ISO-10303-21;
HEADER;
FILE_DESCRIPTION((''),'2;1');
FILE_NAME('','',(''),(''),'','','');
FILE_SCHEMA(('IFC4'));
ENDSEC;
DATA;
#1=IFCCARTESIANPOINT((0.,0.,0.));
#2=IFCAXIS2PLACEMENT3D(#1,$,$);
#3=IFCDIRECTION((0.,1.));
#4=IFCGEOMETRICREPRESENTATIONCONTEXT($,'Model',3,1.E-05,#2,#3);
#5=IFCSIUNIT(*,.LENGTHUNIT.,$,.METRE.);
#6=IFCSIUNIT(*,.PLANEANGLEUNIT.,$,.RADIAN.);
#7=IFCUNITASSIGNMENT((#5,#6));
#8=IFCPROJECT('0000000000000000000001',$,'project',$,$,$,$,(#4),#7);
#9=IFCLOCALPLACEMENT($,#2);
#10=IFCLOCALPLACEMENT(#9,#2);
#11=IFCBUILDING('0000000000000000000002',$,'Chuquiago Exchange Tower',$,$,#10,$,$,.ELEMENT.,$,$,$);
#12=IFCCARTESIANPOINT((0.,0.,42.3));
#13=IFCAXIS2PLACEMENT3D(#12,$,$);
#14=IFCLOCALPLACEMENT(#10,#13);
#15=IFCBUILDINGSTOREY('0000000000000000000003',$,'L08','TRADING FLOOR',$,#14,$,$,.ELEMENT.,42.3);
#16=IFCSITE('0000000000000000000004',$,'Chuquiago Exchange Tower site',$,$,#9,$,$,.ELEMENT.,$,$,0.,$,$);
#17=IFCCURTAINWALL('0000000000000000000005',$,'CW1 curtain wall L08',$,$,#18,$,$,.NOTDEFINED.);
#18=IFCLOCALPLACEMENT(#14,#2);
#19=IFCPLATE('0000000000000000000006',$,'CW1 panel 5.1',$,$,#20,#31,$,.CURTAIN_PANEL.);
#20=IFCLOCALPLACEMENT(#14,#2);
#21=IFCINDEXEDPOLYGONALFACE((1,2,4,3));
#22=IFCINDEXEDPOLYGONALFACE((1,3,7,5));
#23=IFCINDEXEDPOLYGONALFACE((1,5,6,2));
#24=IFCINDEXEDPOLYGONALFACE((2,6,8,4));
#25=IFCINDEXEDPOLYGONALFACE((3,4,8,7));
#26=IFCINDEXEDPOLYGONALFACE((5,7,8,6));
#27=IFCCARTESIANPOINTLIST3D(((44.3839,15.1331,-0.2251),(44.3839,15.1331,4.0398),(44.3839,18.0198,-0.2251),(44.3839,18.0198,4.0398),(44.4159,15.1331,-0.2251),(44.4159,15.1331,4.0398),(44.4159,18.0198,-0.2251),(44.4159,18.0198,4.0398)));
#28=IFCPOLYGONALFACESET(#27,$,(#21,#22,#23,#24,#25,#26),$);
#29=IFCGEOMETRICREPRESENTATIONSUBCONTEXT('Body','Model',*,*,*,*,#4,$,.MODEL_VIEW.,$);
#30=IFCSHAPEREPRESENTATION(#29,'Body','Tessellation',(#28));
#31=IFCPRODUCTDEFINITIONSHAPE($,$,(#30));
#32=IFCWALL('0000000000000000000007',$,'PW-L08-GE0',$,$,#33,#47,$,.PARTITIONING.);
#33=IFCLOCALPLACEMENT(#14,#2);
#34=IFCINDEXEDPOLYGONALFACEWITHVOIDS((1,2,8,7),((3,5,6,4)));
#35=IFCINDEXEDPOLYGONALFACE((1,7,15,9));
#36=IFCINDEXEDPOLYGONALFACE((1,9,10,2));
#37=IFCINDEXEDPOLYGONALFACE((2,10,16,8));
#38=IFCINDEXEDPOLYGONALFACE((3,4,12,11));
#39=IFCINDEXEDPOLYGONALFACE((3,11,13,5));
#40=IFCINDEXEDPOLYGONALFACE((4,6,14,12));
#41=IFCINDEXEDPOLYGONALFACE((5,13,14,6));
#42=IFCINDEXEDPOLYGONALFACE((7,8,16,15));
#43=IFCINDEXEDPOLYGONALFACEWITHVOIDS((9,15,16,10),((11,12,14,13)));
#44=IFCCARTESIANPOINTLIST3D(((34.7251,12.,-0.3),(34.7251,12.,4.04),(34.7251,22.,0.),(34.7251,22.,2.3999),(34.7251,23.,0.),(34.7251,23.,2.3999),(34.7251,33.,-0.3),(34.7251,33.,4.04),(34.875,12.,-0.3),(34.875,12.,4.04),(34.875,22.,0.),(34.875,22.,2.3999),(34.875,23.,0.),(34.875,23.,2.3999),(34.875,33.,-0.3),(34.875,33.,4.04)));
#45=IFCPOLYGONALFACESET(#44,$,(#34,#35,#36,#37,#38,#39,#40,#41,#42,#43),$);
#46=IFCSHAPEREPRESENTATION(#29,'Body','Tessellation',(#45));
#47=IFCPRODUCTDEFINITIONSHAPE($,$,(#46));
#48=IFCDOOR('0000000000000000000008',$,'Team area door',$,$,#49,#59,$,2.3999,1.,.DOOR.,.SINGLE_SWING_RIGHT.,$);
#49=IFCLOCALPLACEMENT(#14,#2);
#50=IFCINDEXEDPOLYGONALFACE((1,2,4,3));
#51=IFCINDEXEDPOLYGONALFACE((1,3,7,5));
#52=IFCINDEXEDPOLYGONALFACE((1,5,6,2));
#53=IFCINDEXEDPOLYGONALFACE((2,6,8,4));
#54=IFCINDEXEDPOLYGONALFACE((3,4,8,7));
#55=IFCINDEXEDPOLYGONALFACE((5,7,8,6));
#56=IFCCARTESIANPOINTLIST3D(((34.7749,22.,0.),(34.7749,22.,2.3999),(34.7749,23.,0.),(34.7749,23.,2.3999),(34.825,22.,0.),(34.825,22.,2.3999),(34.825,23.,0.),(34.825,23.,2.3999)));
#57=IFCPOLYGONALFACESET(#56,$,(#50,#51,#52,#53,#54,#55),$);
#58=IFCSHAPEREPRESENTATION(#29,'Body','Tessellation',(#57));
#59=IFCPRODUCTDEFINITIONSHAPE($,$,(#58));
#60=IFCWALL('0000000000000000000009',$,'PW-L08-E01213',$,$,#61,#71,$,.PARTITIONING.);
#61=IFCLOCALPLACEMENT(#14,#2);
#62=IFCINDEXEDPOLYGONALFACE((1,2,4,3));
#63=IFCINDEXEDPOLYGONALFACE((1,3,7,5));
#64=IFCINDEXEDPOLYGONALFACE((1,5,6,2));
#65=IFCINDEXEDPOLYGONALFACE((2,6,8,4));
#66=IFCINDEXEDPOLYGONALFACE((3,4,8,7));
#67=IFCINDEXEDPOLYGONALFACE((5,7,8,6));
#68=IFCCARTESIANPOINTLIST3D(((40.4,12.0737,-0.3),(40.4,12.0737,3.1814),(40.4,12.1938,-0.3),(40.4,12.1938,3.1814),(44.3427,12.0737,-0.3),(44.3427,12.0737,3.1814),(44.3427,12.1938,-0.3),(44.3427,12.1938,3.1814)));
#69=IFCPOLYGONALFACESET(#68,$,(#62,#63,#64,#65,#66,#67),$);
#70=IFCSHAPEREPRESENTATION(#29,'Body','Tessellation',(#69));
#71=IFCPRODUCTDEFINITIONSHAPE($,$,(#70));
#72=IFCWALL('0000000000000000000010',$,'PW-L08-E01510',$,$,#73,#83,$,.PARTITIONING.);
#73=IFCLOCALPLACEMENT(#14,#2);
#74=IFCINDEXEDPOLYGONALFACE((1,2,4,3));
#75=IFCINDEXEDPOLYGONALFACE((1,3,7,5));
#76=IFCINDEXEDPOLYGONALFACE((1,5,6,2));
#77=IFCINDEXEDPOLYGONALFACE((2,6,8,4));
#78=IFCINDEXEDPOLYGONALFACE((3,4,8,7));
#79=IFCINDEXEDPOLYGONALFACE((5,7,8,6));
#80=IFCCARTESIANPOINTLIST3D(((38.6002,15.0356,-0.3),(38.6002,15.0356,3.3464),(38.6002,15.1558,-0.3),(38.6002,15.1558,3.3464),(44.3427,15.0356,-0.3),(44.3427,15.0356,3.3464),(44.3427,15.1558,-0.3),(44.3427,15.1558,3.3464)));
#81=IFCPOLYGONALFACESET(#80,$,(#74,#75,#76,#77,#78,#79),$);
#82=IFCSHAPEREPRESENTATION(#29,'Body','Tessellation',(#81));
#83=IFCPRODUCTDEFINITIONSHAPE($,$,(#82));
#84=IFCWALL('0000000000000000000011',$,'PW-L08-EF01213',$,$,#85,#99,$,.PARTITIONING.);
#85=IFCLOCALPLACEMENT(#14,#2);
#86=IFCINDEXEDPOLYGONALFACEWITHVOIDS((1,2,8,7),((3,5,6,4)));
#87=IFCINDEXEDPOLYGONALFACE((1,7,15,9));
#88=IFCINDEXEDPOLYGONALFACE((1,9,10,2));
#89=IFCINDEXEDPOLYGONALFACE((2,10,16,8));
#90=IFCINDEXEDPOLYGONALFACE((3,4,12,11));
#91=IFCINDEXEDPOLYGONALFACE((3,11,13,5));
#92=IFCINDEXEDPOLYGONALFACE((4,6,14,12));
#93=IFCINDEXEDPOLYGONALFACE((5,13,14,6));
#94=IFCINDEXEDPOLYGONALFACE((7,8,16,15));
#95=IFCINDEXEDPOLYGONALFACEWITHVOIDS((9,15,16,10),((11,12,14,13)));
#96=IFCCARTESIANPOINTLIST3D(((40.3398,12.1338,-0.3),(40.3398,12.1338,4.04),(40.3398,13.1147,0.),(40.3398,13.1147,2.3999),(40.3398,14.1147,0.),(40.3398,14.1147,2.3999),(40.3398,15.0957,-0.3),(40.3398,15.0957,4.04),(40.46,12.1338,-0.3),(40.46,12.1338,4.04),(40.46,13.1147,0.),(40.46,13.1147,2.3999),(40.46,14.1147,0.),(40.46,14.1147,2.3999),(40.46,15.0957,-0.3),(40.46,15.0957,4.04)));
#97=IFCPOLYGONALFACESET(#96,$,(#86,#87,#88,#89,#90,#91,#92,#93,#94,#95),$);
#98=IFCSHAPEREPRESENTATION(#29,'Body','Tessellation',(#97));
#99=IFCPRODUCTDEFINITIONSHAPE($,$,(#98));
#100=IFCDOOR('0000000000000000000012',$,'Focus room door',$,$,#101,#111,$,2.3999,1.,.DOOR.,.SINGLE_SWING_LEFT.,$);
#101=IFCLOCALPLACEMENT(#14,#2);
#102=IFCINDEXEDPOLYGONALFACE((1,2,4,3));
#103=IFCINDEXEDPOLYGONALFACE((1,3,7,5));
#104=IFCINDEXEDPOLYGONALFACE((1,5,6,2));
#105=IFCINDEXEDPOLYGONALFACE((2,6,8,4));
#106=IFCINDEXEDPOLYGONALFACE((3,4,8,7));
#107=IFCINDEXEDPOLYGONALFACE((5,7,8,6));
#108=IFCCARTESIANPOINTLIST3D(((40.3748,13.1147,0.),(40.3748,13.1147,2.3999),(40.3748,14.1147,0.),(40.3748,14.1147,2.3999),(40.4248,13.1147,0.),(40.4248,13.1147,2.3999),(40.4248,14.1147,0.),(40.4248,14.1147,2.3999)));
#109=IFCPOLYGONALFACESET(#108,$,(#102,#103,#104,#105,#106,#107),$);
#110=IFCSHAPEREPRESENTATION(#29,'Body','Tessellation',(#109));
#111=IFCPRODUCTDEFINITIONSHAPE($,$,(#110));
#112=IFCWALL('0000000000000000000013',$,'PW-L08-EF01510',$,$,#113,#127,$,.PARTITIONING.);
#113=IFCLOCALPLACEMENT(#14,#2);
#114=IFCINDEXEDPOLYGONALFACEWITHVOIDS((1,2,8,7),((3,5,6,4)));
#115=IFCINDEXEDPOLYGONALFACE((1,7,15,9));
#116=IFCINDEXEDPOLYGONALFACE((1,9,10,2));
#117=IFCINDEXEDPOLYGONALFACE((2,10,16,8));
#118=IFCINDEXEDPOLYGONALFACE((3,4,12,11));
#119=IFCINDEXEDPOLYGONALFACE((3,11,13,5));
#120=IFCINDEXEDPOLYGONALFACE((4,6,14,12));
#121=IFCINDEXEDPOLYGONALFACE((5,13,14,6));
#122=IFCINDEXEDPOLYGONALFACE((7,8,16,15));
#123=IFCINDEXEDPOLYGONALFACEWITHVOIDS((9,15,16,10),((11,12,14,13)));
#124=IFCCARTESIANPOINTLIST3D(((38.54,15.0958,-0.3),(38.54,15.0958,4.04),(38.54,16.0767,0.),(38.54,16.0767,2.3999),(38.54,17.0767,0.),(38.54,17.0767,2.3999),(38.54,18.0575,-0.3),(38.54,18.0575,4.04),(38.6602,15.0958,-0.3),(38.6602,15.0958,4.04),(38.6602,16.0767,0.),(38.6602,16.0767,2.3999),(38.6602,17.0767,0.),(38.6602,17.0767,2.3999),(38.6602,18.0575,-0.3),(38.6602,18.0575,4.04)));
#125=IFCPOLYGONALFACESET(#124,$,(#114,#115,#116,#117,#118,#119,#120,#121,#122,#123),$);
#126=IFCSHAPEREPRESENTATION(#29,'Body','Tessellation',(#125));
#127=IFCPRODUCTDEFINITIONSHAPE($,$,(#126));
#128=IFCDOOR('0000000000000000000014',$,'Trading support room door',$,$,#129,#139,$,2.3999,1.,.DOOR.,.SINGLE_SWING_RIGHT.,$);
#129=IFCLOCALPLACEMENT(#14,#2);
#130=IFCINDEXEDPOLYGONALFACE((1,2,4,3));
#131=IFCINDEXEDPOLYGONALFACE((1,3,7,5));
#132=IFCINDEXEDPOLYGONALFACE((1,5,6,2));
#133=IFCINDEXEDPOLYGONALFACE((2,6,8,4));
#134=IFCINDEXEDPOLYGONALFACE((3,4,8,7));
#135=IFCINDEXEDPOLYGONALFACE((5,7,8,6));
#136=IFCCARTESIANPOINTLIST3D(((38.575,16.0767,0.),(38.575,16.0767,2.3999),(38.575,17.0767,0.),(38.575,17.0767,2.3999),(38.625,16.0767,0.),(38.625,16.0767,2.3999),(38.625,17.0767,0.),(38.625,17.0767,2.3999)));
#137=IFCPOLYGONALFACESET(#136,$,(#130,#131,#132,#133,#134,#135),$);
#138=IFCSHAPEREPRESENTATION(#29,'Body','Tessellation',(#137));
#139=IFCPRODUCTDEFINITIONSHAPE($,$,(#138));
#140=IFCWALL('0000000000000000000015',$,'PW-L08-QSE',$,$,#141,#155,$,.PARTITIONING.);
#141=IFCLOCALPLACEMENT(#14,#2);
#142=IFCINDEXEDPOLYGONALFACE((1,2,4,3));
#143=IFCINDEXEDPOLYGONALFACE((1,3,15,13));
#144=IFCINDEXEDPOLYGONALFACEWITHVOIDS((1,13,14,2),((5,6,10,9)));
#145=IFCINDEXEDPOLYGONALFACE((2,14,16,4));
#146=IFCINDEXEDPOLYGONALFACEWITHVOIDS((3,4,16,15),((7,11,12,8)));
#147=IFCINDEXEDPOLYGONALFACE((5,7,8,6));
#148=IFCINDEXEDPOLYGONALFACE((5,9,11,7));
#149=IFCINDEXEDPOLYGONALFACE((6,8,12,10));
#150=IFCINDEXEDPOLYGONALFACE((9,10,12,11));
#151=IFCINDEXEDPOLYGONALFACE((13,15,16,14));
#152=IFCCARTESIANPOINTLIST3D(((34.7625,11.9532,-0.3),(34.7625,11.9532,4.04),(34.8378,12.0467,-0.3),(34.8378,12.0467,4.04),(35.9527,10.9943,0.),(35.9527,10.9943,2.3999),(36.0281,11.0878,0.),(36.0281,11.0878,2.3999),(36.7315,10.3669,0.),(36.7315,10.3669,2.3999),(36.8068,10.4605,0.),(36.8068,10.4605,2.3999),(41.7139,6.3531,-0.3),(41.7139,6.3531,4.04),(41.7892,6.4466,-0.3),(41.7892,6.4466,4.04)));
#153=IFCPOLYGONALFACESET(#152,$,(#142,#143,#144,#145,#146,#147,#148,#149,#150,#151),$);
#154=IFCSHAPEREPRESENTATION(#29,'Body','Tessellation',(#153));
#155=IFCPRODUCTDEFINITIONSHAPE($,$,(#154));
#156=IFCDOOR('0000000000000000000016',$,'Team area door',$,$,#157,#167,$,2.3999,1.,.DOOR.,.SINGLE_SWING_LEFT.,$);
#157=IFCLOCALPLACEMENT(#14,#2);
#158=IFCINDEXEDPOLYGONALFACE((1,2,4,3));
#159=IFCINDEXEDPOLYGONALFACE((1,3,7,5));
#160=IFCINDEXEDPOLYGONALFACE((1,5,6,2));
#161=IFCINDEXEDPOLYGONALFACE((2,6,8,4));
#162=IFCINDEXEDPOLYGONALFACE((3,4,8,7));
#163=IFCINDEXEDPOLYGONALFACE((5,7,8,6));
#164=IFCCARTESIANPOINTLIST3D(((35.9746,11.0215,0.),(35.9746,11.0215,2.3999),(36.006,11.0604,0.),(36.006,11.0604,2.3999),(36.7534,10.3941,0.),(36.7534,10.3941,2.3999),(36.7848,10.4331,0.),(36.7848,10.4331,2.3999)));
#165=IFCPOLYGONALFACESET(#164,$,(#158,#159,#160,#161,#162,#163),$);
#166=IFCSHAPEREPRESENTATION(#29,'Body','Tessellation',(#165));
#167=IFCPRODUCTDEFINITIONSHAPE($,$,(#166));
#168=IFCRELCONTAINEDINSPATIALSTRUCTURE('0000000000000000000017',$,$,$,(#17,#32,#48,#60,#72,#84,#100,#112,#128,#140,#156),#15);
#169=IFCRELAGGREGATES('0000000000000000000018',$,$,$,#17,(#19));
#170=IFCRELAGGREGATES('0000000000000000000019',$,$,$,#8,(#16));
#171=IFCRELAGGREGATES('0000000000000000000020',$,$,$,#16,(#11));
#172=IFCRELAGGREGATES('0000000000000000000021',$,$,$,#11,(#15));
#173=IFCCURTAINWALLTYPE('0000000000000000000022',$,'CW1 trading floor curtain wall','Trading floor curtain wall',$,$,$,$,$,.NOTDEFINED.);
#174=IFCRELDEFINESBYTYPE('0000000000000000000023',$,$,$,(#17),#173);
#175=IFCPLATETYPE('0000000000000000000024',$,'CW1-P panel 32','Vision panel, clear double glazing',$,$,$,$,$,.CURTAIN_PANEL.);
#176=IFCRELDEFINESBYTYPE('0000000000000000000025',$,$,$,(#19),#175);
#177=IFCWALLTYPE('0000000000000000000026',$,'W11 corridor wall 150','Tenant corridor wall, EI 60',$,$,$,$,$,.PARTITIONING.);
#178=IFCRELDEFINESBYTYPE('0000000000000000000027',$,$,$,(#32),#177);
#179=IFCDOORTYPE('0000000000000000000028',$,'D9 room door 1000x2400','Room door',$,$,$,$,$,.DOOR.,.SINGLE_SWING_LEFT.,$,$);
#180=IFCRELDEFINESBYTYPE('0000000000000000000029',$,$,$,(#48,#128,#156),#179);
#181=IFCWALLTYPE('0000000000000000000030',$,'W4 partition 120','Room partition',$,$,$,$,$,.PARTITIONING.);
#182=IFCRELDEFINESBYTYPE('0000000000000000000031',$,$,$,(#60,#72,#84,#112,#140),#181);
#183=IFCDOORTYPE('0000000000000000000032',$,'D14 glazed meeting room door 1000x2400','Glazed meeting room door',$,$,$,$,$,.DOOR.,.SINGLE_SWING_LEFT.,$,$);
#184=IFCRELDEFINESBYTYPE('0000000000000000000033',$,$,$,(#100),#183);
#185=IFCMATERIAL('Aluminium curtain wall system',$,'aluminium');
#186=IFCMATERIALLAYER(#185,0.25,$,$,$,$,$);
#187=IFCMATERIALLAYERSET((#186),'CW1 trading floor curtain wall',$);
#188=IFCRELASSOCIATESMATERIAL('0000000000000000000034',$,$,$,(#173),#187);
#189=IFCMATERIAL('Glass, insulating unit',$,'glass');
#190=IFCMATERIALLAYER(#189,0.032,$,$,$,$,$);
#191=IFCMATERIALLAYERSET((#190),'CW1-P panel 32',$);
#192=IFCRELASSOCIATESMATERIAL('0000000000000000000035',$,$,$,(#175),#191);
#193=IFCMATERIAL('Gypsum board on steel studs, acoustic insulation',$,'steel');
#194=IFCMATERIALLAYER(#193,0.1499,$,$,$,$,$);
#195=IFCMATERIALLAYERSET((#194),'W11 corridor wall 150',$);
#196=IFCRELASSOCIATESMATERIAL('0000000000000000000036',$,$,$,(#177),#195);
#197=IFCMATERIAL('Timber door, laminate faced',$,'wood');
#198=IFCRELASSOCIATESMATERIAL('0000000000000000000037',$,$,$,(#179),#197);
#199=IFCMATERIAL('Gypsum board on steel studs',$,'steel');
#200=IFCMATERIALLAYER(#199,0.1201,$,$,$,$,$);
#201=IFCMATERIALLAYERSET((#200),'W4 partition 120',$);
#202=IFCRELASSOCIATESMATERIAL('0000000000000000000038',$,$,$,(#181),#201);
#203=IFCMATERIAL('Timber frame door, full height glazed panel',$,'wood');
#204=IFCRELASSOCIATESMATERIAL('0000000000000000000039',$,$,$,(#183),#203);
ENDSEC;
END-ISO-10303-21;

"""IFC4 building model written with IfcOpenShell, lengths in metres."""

from ifc_helpers import new_model, si_unit, direction, frame, frame_2d, origin, origin_2d, place, context, subcontext, project, spatial, rectangle, extrude, material, layer, layer_set, type_object, element, fill, aggregate, save


model = new_model("IFC4")

# Units and contexts
model_context = context("Model", 3, precision=1e-05, world=origin(), true_north=direction((0.0, 1.0)))
body_context = subcontext(model_context, "Body", "Model", "MODEL_VIEW")
ifc_project = project(units=[si_unit("LENGTHUNIT", "METRE"), si_unit("PLANEANGLEUNIT", "RADIAN")], contexts=[model_context])

# Site, building, storey
site_placement = place(None, origin())
site = spatial("IfcSite", under=ifc_project, at=site_placement, Name="Chuquiago Exchange Tower site", CompositionType="ELEMENT", RefElevation=0.0)
building_placement = place(site_placement, origin())
building = spatial("IfcBuilding", under=site, at=building_placement, Name="Chuquiago Exchange Tower", CompositionType="ELEMENT")
storey_placement = place(building_placement, frame((0.0, 0.0, 42.3)))
storey = spatial("IfcBuildingStorey", under=building, at=storey_placement, Name="L08", Description="TRADING FLOOR", CompositionType="ELEMENT", Elevation=42.3)

# Curtain wall
ifc_material_1 = material(Name="Aluminium curtain wall system", Category="aluminium")
ifc_layer_1 = layer(ifc_material_1, 0.25)
ifc_layer_set_1 = layer_set([ifc_layer_1], Name="CW1 trading floor curtain wall")
curtain_wall_type = type_object("IfcCurtainWallType", Name="CW1 trading floor curtain wall", Description="Trading floor curtain wall", PredefinedType="NOTDEFINED", material=ifc_layer_set_1)
curtain_wall_placement = place(storey_placement, origin())
curtain_wall = element("IfcCurtainWall", 1, at=curtain_wall_placement, inside=storey, type_object=curtain_wall_type, Name="CW1 curtain wall L08", PredefinedType="NOTDEFINED")

# Plate
ifc_material_2 = material(Name="Glass, insulating unit", Category="glass")
ifc_layer_2 = layer(ifc_material_2, 0.032)
ifc_layer_set_2 = layer_set([ifc_layer_2], Name="CW1-P panel 32")
plate_type = type_object("IfcPlateType", Name="CW1-P panel 32", Description="Vision panel, clear double glazing", PredefinedType="CURTAIN_PANEL", material=ifc_layer_set_2)
plate_1_placement = place(storey_placement, frame((44.3999, 16.5764, -0.2251), z_axis=(0.0, 0.0, 1.0), x_axis=(0.0, 1.0, 0.0)))
plate_1 = element("IfcPlate", 2, at=plate_1_placement, type_object=plate_type, Name="CW1 panel 5.1", PredefinedType="CURTAIN_PANEL", context=body_context, shape_type="SweptSolid", body=[
    extrude(rectangle(XDim=2.8867, YDim=0.032, at=origin_2d()), origin(), (0.0, 0.0, 1.0), 4.2649),
])
aggregate(curtain_wall, [plate_1])

# Wall, opening, door
ifc_material_3 = material(Name="Gypsum board on steel studs, acoustic insulation", Category="steel")
ifc_layer_3 = layer(ifc_material_3, 0.1499)
ifc_layer_set_3 = layer_set([ifc_layer_3], Name="W11 corridor wall 150")
wall_type_1 = type_object("IfcWallType", Name="W11 corridor wall 150", Description="Tenant corridor wall, EI 60", PredefinedType="PARTITIONING", material=ifc_layer_set_3)
wall_1_placement = place(storey_placement, frame((34.8, 12.0, -0.3), z_axis=(0.0, 0.0, 1.0), x_axis=(0.0, 1.0, 0.0)))
wall_1 = element("IfcWall", 3, at=wall_1_placement, inside=storey, type_object=wall_type_1, Name="PW-L08-GE0", PredefinedType="PARTITIONING", context=body_context, shape_type="SweptSolid", body=[
    extrude(rectangle(XDim=21.0, YDim=0.1499, at=frame_2d((10.5, 0.0))), origin(), (0.0, 0.0, 1.0), 4.3401),
])
opening_1_placement = place(wall_1_placement, frame((10.0, 0.0, 0.3)))
opening_1 = element("IfcOpeningElement", 4, at=opening_1_placement, cuts=wall_1, PredefinedType="OPENING", context=body_context, shape_type="SweptSolid", body=[
    extrude(rectangle(XDim=1.0, YDim=2.3999, at=frame_2d((0.5, 1.2))), frame((0.0, 0.085, 0.0), z_axis=(0.0, -1.0, 0.0), x_axis=(1.0, 0.0, 0.0)), (0.0, 0.0, 1.0), 0.1699),
])
ifc_material_4 = material(Name="Timber door, laminate faced", Category="wood")
door_type_1 = type_object("IfcDoorType", Name="D9 room door 1000x2400", Description="Room door", OperationType="SINGLE_SWING_LEFT", PredefinedType="DOOR", material=ifc_material_4)
door_1_placement = place(opening_1_placement, frame((1.0, 0.0, 0.0), z_axis=(0.0, 0.0, 1.0), x_axis=(-1.0, 0.0, 0.0)))
door_1 = element("IfcDoor", 5, at=door_1_placement, inside=storey, type_object=door_type_1, Name="Team area door", OperationType="SINGLE_SWING_RIGHT", OverallHeight=2.3999, OverallWidth=1.0, PredefinedType="DOOR", context=body_context, shape_type="SweptSolid", body=[
    extrude(rectangle(XDim=1.0, YDim=2.3999, at=frame_2d((0.5, 1.2))), frame((0.0, 0.0249, 0.0), z_axis=(0.0, -1.0, 0.0), x_axis=(1.0, 0.0, 0.0)), (0.0, 0.0, 1.0), 0.05),
])
fill(opening_1, door_1)

# Walls
ifc_material_5 = material(Name="Gypsum board on steel studs", Category="steel")
ifc_layer_4 = layer(ifc_material_5, 0.1201)
ifc_layer_set_4 = layer_set([ifc_layer_4], Name="W4 partition 120")
wall_type_2 = type_object("IfcWallType", Name="W4 partition 120", Description="Room partition", PredefinedType="PARTITIONING", material=ifc_layer_set_4)
wall_2_placement = place(storey_placement, frame((44.3425, 12.1338, -0.3), z_axis=(0.0, 0.0, 1.0), x_axis=(-1.0, 0.0, 0.0)))
element("IfcWall", 6, at=wall_2_placement, inside=storey, type_object=wall_type_2, Name="PW-L08-E01213", PredefinedType="PARTITIONING", context=body_context, shape_type="SweptSolid", body=[
    extrude(rectangle(XDim=3.9426, YDim=0.1201, at=frame_2d((1.9712, 0.0))), origin(), (0.0, 0.0, 1.0), 3.4814),
])
wall_3_placement = place(storey_placement, frame((44.3425, 15.0957, -0.3), z_axis=(0.0, 0.0, 1.0), x_axis=(-1.0, 0.0, 0.0)))
element("IfcWall", 7, at=wall_3_placement, inside=storey, type_object=wall_type_2, Name="PW-L08-E01510", PredefinedType="PARTITIONING", context=body_context, shape_type="SweptSolid", body=[
    extrude(rectangle(XDim=5.7424, YDim=0.1201, at=frame_2d((2.8711, 0.0))), origin(), (0.0, 0.0, 1.0), 3.6465),
])

# Walls, openings, doors
wall_4_placement = place(storey_placement, frame((40.3999, 12.1338, -0.3), z_axis=(0.0, 0.0, 1.0), x_axis=(0.0, 1.0, 0.0)))
wall_4 = element("IfcWall", 8, at=wall_4_placement, inside=storey, type_object=wall_type_2, Name="PW-L08-EF01213", PredefinedType="PARTITIONING", context=body_context, shape_type="SweptSolid", body=[
    extrude(rectangle(XDim=2.9619, YDim=0.1201, at=frame_2d((1.481, 0.0))), origin(), (0.0, 0.0, 1.0), 4.3401),
])
opening_2_placement = place(wall_4_placement, frame((0.981, 0.0, 0.3)))
opening_2 = element("IfcOpeningElement", 9, at=opening_2_placement, cuts=wall_4, PredefinedType="OPENING", context=body_context, shape_type="SweptSolid", body=[
    extrude(rectangle(XDim=1.0, YDim=2.3999, at=frame_2d((0.5, 1.2))), frame((0.0, 0.0701, 0.0), z_axis=(0.0, -1.0, 0.0), x_axis=(1.0, 0.0, 0.0)), (0.0, 0.0, 1.0), 0.1401),
])
ifc_material_6 = material(Name="Timber frame door, full height glazed panel", Category="wood")
door_type_2 = type_object("IfcDoorType", Name="D14 glazed meeting room door 1000x2400", Description="Glazed meeting room door", OperationType="SINGLE_SWING_LEFT", PredefinedType="DOOR", material=ifc_material_6)
door_2_placement = place(opening_2_placement, frame((1.0, 0.0, 0.0), z_axis=(0.0, 0.0, 1.0), x_axis=(-1.0, 0.0, 0.0)))
door_2 = element("IfcDoor", 10, at=door_2_placement, inside=storey, type_object=door_type_2, Name="Focus room door", OperationType="SINGLE_SWING_LEFT", OverallHeight=2.3999, OverallWidth=1.0, PredefinedType="DOOR", context=body_context, shape_type="SweptSolid", body=[
    extrude(rectangle(XDim=1.0, YDim=2.3999, at=frame_2d((0.5, 1.2))), frame((0.0, 0.0249, 0.0), z_axis=(0.0, -1.0, 0.0), x_axis=(1.0, 0.0, 0.0)), (0.0, 0.0, 1.0), 0.05),
])
fill(opening_2, door_2)
wall_5_placement = place(storey_placement, frame((38.6001, 15.0957, -0.3), z_axis=(0.0, 0.0, 1.0), x_axis=(0.0, 1.0, 0.0)))
wall_5 = element("IfcWall", 11, at=wall_5_placement, inside=storey, type_object=wall_type_2, Name="PW-L08-EF01510", PredefinedType="PARTITIONING", context=body_context, shape_type="SweptSolid", body=[
    extrude(rectangle(XDim=2.9617, YDim=0.1201, at=frame_2d((1.481, 0.0))), origin(), (0.0, 0.0, 1.0), 4.3401),
])
opening_3_placement = place(wall_5_placement, frame((0.981, 0.0, 0.3)))
opening_3 = element("IfcOpeningElement", 12, at=opening_3_placement, cuts=wall_5, PredefinedType="OPENING", context=body_context, shape_type="SweptSolid", body=[
    extrude(rectangle(XDim=1.0, YDim=2.3999, at=frame_2d((0.5, 1.2))), frame((0.0, 0.0701, 0.0), z_axis=(0.0, -1.0, 0.0), x_axis=(1.0, 0.0, 0.0)), (0.0, 0.0, 1.0), 0.1401),
])
door_3_placement = place(opening_3_placement, frame((1.0, 0.0, 0.0), z_axis=(0.0, 0.0, 1.0), x_axis=(-1.0, 0.0, 0.0)))
door_3 = element("IfcDoor", 13, at=door_3_placement, inside=storey, type_object=door_type_1, Name="Trading support room door", OperationType="SINGLE_SWING_RIGHT", OverallHeight=2.3999, OverallWidth=1.0, PredefinedType="DOOR", context=body_context, shape_type="SweptSolid", body=[
    extrude(rectangle(XDim=1.0, YDim=2.3999, at=frame_2d((0.5, 1.2))), frame((0.0, 0.0249, 0.0), z_axis=(0.0, -1.0, 0.0), x_axis=(1.0, 0.0, 0.0)), (0.0, 0.0, 1.0), 0.05),
])
fill(opening_3, door_3)
wall_6_placement = place(storey_placement, frame((34.8, 12.0, -0.3), z_axis=(0.0, 0.0, 1.0), x_axis=(0.778735, -0.627353, 0.0)))
wall_6 = element("IfcWall", 14, at=wall_6_placement, inside=storey, type_object=wall_type_2, Name="PW-L08-QSE", PredefinedType="PARTITIONING", context=body_context, shape_type="SweptSolid", body=[
    extrude(rectangle(XDim=8.9265, YDim=0.1201, at=frame_2d((4.4634, 0.0))), origin(), (0.0, 0.0, 1.0), 4.3401),
])
opening_4_placement = place(wall_6_placement, frame((1.5286, 0.0, 0.3)))
opening_4 = element("IfcOpeningElement", 15, at=opening_4_placement, cuts=wall_6, PredefinedType="OPENING", context=body_context, shape_type="SweptSolid", body=[
    extrude(rectangle(XDim=1.0, YDim=2.3999, at=frame_2d((0.5, 1.2))), frame((0.0, 0.0701, 0.0), z_axis=(0.0, -1.0, 0.0), x_axis=(1.0, 0.0, 0.0)), (0.0, 0.0, 1.0), 0.1401),
])
door_4_placement = place(opening_4_placement, origin())
door_4 = element("IfcDoor", 16, at=door_4_placement, inside=storey, type_object=door_type_1, Name="Team area door", OperationType="SINGLE_SWING_LEFT", OverallHeight=2.3999, OverallWidth=1.0, PredefinedType="DOOR", context=body_context, shape_type="SweptSolid", body=[
    extrude(rectangle(XDim=1.0, YDim=2.3999, at=frame_2d((0.5, 1.2))), frame((0.0, 0.0249, 0.0), z_axis=(0.0, -1.0, 0.0), x_axis=(1.0, 0.0, 0.0)), (0.0, 0.0, 1.0), 0.05),
])
fill(opening_4, door_4)

save(model, "model.ifc")
